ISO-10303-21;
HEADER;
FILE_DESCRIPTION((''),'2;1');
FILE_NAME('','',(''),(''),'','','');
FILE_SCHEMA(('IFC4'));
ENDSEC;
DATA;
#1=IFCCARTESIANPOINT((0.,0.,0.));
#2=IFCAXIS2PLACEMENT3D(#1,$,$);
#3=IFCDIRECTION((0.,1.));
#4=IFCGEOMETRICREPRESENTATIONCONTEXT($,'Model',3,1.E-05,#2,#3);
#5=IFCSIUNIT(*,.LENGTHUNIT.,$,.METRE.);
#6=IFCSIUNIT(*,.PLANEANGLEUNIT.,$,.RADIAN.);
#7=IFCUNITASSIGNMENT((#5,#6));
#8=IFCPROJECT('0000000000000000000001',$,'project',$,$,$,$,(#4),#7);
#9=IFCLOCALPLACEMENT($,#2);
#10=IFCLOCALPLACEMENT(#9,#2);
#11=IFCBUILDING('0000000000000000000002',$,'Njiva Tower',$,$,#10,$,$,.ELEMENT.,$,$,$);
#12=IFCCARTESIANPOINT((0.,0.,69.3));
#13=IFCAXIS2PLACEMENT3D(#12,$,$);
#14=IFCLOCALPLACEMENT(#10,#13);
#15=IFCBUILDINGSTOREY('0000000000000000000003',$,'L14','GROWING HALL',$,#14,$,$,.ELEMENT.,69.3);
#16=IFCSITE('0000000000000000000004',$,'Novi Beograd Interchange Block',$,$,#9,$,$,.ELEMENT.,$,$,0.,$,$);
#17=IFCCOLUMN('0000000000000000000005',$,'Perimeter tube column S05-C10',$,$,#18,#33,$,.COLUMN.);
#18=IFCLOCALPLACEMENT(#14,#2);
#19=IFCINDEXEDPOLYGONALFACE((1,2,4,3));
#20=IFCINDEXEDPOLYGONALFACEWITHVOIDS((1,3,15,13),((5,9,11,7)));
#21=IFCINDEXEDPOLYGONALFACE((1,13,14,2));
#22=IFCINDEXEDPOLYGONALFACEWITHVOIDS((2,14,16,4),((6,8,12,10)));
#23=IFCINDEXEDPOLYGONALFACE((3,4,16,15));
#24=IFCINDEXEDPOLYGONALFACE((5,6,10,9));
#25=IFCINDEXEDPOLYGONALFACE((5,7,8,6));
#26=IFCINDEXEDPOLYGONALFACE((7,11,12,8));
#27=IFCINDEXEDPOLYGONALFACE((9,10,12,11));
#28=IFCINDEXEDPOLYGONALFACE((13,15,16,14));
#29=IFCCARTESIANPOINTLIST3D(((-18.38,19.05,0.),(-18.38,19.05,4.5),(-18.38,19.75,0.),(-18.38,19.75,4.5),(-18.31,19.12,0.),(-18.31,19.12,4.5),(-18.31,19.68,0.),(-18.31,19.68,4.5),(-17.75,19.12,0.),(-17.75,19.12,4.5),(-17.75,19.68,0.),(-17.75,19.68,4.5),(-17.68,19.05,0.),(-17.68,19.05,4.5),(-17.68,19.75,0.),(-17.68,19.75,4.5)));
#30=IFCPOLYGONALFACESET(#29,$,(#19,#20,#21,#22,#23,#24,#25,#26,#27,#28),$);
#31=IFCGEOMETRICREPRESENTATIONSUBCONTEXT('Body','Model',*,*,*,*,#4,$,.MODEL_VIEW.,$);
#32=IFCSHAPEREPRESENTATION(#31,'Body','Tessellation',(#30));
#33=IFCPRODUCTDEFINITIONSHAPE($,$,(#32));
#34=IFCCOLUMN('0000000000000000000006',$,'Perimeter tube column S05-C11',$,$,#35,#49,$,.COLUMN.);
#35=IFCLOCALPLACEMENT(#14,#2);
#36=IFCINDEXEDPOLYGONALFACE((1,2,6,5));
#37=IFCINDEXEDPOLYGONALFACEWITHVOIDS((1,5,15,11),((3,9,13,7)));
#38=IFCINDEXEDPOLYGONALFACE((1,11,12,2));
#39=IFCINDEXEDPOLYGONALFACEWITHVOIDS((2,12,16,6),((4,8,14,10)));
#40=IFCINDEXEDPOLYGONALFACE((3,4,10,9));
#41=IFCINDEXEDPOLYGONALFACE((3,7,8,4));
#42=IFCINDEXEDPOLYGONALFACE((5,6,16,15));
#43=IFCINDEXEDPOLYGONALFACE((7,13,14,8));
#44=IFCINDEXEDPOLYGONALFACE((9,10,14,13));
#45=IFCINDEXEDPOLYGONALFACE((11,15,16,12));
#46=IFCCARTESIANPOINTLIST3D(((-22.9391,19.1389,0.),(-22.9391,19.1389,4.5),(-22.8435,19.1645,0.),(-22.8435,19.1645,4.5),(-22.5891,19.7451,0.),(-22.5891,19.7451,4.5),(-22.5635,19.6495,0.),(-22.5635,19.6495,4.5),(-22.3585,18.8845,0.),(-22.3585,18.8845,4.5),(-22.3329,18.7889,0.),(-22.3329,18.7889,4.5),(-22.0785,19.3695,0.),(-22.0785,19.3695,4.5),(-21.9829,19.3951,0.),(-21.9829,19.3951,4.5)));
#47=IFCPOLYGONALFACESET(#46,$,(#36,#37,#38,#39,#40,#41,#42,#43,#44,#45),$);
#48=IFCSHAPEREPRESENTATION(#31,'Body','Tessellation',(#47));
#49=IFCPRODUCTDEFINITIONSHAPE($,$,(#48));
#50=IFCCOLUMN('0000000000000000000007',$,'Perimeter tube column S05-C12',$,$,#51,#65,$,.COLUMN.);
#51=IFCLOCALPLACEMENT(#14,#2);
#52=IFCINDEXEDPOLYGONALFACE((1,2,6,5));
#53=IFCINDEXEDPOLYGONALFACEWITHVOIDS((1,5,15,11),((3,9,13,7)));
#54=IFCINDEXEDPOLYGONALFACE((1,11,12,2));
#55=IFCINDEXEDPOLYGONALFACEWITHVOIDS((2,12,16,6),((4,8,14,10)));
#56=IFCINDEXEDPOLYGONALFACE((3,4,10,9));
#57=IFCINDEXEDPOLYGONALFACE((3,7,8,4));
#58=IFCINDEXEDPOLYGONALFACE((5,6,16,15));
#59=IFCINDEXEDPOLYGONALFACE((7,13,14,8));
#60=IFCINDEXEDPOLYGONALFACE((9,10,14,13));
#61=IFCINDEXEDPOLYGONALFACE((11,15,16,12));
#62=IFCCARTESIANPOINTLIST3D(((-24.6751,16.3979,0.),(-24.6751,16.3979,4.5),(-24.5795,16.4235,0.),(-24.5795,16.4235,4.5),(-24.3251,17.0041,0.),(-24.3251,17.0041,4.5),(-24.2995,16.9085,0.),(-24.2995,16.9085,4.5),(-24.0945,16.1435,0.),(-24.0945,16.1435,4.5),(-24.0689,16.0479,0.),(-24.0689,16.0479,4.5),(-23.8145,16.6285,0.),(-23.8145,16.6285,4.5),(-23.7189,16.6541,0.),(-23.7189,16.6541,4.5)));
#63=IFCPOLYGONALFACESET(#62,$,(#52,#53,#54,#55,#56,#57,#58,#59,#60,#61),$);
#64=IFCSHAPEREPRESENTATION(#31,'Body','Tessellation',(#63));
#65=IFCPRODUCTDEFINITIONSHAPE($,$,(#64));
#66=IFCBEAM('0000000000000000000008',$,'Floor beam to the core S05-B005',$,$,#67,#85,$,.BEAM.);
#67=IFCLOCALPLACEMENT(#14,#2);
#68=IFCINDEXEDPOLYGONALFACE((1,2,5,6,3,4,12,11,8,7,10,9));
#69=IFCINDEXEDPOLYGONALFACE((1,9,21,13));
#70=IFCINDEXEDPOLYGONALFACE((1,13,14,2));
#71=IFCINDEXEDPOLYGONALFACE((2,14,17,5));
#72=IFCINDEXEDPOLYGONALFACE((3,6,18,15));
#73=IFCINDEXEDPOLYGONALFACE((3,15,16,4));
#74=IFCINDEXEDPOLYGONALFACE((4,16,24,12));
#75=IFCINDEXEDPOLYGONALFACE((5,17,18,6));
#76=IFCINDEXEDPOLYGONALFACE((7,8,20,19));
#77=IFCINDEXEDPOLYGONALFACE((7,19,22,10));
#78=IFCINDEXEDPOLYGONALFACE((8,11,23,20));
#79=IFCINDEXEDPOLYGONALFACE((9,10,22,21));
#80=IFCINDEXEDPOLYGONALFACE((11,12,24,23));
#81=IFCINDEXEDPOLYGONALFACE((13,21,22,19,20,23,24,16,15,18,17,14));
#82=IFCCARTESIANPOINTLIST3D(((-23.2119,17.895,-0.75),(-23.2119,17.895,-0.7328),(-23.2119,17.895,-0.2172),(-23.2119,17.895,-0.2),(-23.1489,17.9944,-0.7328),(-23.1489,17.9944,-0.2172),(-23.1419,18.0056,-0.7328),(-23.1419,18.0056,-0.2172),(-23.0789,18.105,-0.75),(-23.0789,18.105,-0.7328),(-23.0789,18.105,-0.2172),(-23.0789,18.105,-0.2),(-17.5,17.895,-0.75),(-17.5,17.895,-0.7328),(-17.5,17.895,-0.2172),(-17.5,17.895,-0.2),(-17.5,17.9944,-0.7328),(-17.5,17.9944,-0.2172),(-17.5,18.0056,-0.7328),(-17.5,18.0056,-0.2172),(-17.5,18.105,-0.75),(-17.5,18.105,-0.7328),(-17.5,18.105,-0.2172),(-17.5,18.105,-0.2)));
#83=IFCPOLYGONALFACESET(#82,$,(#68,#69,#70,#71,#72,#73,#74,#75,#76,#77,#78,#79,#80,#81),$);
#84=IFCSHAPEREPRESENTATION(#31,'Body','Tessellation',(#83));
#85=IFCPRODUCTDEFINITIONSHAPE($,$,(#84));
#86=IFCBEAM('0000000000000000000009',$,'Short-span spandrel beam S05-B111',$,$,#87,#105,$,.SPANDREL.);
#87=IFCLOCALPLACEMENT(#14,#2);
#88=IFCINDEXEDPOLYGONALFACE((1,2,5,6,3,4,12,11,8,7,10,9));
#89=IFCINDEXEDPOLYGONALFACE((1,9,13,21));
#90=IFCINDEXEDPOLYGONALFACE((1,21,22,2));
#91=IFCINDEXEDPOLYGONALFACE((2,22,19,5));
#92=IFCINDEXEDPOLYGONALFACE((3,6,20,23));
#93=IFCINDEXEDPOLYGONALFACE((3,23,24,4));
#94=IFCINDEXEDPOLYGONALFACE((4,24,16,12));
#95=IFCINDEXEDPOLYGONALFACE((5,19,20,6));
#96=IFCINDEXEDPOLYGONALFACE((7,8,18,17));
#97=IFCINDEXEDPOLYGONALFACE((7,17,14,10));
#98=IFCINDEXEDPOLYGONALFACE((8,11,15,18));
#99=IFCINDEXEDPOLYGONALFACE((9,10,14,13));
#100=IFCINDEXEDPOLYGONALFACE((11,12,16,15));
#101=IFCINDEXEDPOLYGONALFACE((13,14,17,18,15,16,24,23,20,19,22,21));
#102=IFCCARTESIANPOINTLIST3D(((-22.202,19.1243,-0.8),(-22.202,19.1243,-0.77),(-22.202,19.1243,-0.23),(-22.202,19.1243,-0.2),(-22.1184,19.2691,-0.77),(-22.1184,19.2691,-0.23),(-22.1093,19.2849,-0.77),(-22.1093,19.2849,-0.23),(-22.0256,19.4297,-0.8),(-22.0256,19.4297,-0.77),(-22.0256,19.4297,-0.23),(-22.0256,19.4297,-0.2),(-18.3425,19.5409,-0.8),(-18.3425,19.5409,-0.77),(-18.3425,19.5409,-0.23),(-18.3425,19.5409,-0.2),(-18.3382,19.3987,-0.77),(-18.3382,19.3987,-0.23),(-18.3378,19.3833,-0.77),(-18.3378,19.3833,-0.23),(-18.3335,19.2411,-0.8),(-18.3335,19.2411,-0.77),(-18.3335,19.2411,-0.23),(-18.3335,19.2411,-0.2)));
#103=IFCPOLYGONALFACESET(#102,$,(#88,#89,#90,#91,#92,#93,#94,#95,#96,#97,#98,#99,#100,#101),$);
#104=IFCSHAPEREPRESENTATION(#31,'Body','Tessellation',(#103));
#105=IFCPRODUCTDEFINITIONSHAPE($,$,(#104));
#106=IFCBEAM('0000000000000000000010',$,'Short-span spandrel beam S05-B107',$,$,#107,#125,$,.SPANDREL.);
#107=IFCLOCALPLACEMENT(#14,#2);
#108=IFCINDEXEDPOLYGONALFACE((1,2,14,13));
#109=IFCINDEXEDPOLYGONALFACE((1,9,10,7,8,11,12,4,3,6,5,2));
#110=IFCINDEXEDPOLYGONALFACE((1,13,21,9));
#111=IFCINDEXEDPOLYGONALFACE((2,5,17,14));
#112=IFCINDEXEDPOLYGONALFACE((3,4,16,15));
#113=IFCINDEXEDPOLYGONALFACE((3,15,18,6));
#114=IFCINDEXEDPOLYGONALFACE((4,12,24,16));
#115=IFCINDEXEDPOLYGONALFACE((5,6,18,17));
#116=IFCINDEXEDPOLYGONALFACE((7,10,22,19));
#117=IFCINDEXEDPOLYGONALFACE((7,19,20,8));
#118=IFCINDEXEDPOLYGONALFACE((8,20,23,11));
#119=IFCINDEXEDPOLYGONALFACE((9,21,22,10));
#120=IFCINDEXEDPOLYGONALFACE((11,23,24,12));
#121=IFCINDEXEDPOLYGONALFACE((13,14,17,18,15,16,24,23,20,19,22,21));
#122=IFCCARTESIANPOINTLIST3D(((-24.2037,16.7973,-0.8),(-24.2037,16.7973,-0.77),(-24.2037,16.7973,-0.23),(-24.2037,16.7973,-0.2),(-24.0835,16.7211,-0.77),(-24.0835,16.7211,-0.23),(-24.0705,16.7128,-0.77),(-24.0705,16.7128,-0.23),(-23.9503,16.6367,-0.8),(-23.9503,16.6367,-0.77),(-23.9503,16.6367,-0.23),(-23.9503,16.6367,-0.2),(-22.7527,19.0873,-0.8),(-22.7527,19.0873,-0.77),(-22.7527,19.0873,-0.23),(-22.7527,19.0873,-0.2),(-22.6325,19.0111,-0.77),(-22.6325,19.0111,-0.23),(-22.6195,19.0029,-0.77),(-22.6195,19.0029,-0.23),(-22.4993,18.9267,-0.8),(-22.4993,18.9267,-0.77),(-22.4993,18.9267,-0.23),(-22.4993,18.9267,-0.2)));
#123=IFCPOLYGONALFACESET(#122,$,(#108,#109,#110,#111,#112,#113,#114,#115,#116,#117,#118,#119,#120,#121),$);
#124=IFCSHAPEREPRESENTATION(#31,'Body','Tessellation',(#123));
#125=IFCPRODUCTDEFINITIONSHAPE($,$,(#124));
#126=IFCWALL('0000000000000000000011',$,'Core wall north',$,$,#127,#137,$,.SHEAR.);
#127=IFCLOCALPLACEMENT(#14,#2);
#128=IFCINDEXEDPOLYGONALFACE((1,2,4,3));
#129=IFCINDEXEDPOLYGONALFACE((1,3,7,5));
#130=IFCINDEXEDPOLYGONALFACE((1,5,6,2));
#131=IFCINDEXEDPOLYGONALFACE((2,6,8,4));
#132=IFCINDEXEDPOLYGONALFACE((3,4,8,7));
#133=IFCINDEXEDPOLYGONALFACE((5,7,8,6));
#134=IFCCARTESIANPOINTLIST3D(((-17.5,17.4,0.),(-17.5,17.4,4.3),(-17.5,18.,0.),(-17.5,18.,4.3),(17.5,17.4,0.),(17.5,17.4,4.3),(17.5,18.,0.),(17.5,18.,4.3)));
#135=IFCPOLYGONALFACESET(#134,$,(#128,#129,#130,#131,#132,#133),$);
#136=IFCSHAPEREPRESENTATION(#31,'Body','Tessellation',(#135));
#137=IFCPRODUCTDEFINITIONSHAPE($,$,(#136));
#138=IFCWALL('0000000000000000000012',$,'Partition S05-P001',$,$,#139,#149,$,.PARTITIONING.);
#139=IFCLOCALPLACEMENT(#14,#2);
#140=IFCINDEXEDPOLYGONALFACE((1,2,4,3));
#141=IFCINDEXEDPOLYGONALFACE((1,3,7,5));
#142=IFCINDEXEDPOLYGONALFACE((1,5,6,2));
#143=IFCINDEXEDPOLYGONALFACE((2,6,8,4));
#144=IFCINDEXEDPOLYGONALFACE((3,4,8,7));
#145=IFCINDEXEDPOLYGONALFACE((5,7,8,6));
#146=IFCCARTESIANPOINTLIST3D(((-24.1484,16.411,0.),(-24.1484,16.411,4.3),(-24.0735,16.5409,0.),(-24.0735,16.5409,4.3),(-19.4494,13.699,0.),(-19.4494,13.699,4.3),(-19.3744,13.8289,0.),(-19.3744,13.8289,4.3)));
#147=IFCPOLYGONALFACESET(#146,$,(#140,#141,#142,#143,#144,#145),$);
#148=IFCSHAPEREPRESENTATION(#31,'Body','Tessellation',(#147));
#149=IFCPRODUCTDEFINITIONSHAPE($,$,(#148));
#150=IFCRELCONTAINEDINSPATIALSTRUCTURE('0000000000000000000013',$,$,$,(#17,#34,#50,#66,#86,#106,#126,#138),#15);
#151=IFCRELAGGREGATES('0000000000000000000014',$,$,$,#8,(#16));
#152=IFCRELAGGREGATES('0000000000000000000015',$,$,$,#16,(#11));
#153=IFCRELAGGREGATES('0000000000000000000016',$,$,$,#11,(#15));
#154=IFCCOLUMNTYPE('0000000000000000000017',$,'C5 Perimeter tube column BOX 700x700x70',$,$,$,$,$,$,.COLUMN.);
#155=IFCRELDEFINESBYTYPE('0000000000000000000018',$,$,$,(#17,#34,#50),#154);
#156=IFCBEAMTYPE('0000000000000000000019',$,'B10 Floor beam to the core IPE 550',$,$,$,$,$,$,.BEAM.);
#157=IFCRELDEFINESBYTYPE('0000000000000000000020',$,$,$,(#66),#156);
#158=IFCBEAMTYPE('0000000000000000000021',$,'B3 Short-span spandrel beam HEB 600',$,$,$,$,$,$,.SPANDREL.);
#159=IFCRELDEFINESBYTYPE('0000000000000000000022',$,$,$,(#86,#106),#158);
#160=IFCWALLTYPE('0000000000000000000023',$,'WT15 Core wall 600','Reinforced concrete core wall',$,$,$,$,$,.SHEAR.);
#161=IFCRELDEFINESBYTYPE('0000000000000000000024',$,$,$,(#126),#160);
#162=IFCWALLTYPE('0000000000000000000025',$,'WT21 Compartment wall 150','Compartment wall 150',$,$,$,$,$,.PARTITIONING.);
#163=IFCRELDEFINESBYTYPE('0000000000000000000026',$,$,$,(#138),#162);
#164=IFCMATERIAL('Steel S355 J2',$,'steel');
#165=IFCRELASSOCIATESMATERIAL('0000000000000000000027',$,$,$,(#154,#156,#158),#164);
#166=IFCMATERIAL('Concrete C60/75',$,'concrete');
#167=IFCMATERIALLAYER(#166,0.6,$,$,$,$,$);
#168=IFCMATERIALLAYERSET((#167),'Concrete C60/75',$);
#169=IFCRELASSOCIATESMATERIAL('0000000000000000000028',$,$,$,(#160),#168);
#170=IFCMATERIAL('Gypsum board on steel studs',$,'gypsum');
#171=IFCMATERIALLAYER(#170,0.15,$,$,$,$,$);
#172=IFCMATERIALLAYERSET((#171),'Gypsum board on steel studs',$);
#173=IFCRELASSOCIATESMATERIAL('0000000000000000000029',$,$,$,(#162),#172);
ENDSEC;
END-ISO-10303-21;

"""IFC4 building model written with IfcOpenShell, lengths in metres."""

from ifc_helpers import new_model, si_unit, direction, frame, frame_2d, origin, origin_2d, place, context, subcontext, project, spatial, rectangle, hollow_rectangle, i_section, extrude, clip, halfspace, material, layer, layer_set, material_profile, profile_set, type_object, element, save


model = new_model("IFC4")

# Units and contexts
model_context = context("Model", 3, precision=1e-05, world=origin(), true_north=direction((0.0, 1.0)))
body_context = subcontext(model_context, "Body", "Model", "MODEL_VIEW")
ifc_project = project(units=[si_unit("LENGTHUNIT", "METRE"), si_unit("PLANEANGLEUNIT", "RADIAN")], contexts=[model_context])

# Site, building, storey
site_placement = place(None, origin())
site = spatial("IfcSite", under=ifc_project, at=site_placement, Name="Novi Beograd Interchange Block", CompositionType="ELEMENT", RefElevation=0.0)
building_placement = place(site_placement, origin())
building = spatial("IfcBuilding", under=site, at=building_placement, Name="Njiva Tower", CompositionType="ELEMENT")
storey_placement = place(building_placement, frame((0.0, 0.0, 69.3)))
storey = spatial("IfcBuildingStorey", under=building, at=storey_placement, Name="L14", Description="GROWING HALL", CompositionType="ELEMENT", Elevation=69.3)

# Columns
ifc_material_1 = material(Name="Steel S355 J2", Category="steel")
ifc_material_profile_1 = material_profile(ifc_material_1, hollow_rectangle(XDim=0.7, YDim=0.7, WallThickness=0.07, at=origin_2d()), Name="BOX 700x700x70")
ifc_profile_set_1 = profile_set([ifc_material_profile_1], Name="Steel S355 J2")
column_type = type_object("IfcColumnType", Name="C5 Perimeter tube column BOX 700x700x70", PredefinedType="COLUMN", material=ifc_profile_set_1)
for number, where, z_axis, x_axis, name in (
    (1, (-18.03, 19.4, 0.0), (0.0, 0.0, 1.0), (-1.0, 0.0, 0.0), "Perimeter tube column S05-C10"),
    (2, (-22.461, 19.267, 0.0), (0.0, 0.0, 1.0), (-0.5, -0.866025, 0.0), "Perimeter tube column S05-C11"),
    (3, (-24.197, 16.526, 0.0), (0.0, 0.0, 1.0), (-0.5, -0.866025, 0.0), "Perimeter tube column S05-C12"),
):
    element("IfcColumn", number, at=place(storey_placement, frame(where, z_axis=z_axis, x_axis=x_axis)), inside=storey, type_object=column_type, Name=name, PredefinedType="COLUMN", context=body_context, shape_type="SweptSolid", body=[
        extrude(hollow_rectangle(XDim=0.7, YDim=0.7, WallThickness=0.07, at=origin_2d()), origin(), (0.0, 0.0, 1.0), 4.5),
    ])

# Beams
ifc_material_profile_2 = material_profile(ifc_material_1, i_section(OverallWidth=0.21, OverallDepth=0.55, WebThickness=0.0111, FlangeThickness=0.0172, at=origin_2d()), Name="IPE 550")
ifc_profile_set_2 = profile_set([ifc_material_profile_2], Name="Steel S355 J2")
beam_type_1 = type_object("IfcBeamType", Name="B10 Floor beam to the core IPE 550", PredefinedType="BEAM", material=ifc_profile_set_2)
beam_1_placement = place(storey_placement, frame((-23.232, 18.0, -0.475), z_axis=(1.0, 0.0, 0.0), x_axis=(0.0, 1.0, 0.0)))
element("IfcBeam", 4, at=beam_1_placement, inside=storey, type_object=beam_type_1, Name="Floor beam to the core S05-B005", PredefinedType="BEAM", context=body_context, shape_type="Clipping", body=[
    clip(extrude(i_section(OverallWidth=0.21, OverallDepth=0.55, WebThickness=0.0111, FlangeThickness=0.0172, at=origin_2d()), origin(), (0.0, 0.0, 1.0), 5.732), halfspace(frame((0.0268, 0.0, 0.1036), z_axis=(0.535111, 0.0, -0.844782), x_axis=(0.0, -1.0, 0.0)), False)),
])
ifc_material_profile_3 = material_profile(ifc_material_1, i_section(OverallWidth=0.3, OverallDepth=0.6, WebThickness=0.0155, FlangeThickness=0.03, at=origin_2d()), Name="HEB 600")
ifc_profile_set_3 = profile_set([ifc_material_profile_3], Name="Steel S355 J2")
beam_type_2 = type_object("IfcBeamType", Name="B3 Short-span spandrel beam HEB 600", PredefinedType="SPANDREL", material=ifc_profile_set_3)
beam_2_placement = place(storey_placement, frame((-18.338, 19.391, -0.5), z_axis=(-0.999545, -0.030177, 0.0), x_axis=(0.030177, -0.999545, 0.0)))
element("IfcBeam", 5, at=beam_2_placement, inside=storey, type_object=beam_type_2, Name="Short-span spandrel beam S05-B111", PredefinedType="SPANDREL", context=body_context, shape_type="Clipping", body=[
    clip(extrude(i_section(OverallWidth=0.3, OverallDepth=0.6, WebThickness=0.0155, FlangeThickness=0.03, at=origin_2d()), origin(), (0.0, 0.0, 1.0), 3.8907), halfspace(frame((-0.0266, 0.0, 3.7611), z_axis=(-0.525904, 0.0, 0.850544), x_axis=(0.0, 1.0, 0.0)), False)),
])
beam_3_placement = place(storey_placement, frame((-22.626, 19.007, -0.5), z_axis=(-0.535228, -0.844708, 0.0), x_axis=(0.844708, -0.535228, 0.0)))
element("IfcBeam", 6, at=beam_3_placement, inside=storey, type_object=beam_type_2, Name="Short-span spandrel beam S05-B107", PredefinedType="SPANDREL", context=body_context, shape_type="SweptSolid", body=[
    extrude(i_section(OverallWidth=0.3, OverallDepth=0.6, WebThickness=0.0155, FlangeThickness=0.03, at=origin_2d()), origin(), (0.0, 0.0, 1.0), 2.711),
])

# Walls
ifc_material_2 = material(Name="Concrete C60/75", Category="concrete")
ifc_layer_1 = layer(ifc_material_2, 0.6)
ifc_layer_set_1 = layer_set([ifc_layer_1], Name="Concrete C60/75")
wall_type_1 = type_object("IfcWallType", Name="WT15 Core wall 600", Description="Reinforced concrete core wall", PredefinedType="SHEAR", material=ifc_layer_set_1)
wall_1_placement = place(storey_placement, frame((-17.5, 17.7, 0.0), z_axis=(0.0, 0.0, 1.0), x_axis=(1.0, 0.0, 0.0)))
element("IfcWall", 7, at=wall_1_placement, inside=storey, type_object=wall_type_1, Name="Core wall north", PredefinedType="SHEAR", context=body_context, shape_type="SweptSolid", body=[
    extrude(rectangle(XDim=35.0, YDim=0.6, at=frame_2d((17.5, 0.0))), origin(), (0.0, 0.0, 1.0), 4.3),
])
ifc_material_3 = material(Name="Gypsum board on steel studs", Category="gypsum")
ifc_layer_2 = layer(ifc_material_3, 0.15)
ifc_layer_set_2 = layer_set([ifc_layer_2], Name="Gypsum board on steel studs")
wall_type_2 = type_object("IfcWallType", Name="WT21 Compartment wall 150", Description="Compartment wall 150", PredefinedType="PARTITIONING", material=ifc_layer_set_2)
wall_2_placement = place(storey_placement, frame((-24.111, 16.476, 0.0), z_axis=(0.0, 0.0, 1.0), x_axis=(0.866103, -0.499866, 0.0)))
element("IfcWall", 8, at=wall_2_placement, inside=storey, type_object=wall_type_2, Name="Partition S05-P001", PredefinedType="PARTITIONING", context=body_context, shape_type="SweptSolid", body=[
    extrude(rectangle(XDim=5.4255, YDim=0.15, at=frame_2d((2.7128, 0.0))), origin(), (0.0, 0.0, 1.0), 4.3),
])

save(model, "model.ifc")
